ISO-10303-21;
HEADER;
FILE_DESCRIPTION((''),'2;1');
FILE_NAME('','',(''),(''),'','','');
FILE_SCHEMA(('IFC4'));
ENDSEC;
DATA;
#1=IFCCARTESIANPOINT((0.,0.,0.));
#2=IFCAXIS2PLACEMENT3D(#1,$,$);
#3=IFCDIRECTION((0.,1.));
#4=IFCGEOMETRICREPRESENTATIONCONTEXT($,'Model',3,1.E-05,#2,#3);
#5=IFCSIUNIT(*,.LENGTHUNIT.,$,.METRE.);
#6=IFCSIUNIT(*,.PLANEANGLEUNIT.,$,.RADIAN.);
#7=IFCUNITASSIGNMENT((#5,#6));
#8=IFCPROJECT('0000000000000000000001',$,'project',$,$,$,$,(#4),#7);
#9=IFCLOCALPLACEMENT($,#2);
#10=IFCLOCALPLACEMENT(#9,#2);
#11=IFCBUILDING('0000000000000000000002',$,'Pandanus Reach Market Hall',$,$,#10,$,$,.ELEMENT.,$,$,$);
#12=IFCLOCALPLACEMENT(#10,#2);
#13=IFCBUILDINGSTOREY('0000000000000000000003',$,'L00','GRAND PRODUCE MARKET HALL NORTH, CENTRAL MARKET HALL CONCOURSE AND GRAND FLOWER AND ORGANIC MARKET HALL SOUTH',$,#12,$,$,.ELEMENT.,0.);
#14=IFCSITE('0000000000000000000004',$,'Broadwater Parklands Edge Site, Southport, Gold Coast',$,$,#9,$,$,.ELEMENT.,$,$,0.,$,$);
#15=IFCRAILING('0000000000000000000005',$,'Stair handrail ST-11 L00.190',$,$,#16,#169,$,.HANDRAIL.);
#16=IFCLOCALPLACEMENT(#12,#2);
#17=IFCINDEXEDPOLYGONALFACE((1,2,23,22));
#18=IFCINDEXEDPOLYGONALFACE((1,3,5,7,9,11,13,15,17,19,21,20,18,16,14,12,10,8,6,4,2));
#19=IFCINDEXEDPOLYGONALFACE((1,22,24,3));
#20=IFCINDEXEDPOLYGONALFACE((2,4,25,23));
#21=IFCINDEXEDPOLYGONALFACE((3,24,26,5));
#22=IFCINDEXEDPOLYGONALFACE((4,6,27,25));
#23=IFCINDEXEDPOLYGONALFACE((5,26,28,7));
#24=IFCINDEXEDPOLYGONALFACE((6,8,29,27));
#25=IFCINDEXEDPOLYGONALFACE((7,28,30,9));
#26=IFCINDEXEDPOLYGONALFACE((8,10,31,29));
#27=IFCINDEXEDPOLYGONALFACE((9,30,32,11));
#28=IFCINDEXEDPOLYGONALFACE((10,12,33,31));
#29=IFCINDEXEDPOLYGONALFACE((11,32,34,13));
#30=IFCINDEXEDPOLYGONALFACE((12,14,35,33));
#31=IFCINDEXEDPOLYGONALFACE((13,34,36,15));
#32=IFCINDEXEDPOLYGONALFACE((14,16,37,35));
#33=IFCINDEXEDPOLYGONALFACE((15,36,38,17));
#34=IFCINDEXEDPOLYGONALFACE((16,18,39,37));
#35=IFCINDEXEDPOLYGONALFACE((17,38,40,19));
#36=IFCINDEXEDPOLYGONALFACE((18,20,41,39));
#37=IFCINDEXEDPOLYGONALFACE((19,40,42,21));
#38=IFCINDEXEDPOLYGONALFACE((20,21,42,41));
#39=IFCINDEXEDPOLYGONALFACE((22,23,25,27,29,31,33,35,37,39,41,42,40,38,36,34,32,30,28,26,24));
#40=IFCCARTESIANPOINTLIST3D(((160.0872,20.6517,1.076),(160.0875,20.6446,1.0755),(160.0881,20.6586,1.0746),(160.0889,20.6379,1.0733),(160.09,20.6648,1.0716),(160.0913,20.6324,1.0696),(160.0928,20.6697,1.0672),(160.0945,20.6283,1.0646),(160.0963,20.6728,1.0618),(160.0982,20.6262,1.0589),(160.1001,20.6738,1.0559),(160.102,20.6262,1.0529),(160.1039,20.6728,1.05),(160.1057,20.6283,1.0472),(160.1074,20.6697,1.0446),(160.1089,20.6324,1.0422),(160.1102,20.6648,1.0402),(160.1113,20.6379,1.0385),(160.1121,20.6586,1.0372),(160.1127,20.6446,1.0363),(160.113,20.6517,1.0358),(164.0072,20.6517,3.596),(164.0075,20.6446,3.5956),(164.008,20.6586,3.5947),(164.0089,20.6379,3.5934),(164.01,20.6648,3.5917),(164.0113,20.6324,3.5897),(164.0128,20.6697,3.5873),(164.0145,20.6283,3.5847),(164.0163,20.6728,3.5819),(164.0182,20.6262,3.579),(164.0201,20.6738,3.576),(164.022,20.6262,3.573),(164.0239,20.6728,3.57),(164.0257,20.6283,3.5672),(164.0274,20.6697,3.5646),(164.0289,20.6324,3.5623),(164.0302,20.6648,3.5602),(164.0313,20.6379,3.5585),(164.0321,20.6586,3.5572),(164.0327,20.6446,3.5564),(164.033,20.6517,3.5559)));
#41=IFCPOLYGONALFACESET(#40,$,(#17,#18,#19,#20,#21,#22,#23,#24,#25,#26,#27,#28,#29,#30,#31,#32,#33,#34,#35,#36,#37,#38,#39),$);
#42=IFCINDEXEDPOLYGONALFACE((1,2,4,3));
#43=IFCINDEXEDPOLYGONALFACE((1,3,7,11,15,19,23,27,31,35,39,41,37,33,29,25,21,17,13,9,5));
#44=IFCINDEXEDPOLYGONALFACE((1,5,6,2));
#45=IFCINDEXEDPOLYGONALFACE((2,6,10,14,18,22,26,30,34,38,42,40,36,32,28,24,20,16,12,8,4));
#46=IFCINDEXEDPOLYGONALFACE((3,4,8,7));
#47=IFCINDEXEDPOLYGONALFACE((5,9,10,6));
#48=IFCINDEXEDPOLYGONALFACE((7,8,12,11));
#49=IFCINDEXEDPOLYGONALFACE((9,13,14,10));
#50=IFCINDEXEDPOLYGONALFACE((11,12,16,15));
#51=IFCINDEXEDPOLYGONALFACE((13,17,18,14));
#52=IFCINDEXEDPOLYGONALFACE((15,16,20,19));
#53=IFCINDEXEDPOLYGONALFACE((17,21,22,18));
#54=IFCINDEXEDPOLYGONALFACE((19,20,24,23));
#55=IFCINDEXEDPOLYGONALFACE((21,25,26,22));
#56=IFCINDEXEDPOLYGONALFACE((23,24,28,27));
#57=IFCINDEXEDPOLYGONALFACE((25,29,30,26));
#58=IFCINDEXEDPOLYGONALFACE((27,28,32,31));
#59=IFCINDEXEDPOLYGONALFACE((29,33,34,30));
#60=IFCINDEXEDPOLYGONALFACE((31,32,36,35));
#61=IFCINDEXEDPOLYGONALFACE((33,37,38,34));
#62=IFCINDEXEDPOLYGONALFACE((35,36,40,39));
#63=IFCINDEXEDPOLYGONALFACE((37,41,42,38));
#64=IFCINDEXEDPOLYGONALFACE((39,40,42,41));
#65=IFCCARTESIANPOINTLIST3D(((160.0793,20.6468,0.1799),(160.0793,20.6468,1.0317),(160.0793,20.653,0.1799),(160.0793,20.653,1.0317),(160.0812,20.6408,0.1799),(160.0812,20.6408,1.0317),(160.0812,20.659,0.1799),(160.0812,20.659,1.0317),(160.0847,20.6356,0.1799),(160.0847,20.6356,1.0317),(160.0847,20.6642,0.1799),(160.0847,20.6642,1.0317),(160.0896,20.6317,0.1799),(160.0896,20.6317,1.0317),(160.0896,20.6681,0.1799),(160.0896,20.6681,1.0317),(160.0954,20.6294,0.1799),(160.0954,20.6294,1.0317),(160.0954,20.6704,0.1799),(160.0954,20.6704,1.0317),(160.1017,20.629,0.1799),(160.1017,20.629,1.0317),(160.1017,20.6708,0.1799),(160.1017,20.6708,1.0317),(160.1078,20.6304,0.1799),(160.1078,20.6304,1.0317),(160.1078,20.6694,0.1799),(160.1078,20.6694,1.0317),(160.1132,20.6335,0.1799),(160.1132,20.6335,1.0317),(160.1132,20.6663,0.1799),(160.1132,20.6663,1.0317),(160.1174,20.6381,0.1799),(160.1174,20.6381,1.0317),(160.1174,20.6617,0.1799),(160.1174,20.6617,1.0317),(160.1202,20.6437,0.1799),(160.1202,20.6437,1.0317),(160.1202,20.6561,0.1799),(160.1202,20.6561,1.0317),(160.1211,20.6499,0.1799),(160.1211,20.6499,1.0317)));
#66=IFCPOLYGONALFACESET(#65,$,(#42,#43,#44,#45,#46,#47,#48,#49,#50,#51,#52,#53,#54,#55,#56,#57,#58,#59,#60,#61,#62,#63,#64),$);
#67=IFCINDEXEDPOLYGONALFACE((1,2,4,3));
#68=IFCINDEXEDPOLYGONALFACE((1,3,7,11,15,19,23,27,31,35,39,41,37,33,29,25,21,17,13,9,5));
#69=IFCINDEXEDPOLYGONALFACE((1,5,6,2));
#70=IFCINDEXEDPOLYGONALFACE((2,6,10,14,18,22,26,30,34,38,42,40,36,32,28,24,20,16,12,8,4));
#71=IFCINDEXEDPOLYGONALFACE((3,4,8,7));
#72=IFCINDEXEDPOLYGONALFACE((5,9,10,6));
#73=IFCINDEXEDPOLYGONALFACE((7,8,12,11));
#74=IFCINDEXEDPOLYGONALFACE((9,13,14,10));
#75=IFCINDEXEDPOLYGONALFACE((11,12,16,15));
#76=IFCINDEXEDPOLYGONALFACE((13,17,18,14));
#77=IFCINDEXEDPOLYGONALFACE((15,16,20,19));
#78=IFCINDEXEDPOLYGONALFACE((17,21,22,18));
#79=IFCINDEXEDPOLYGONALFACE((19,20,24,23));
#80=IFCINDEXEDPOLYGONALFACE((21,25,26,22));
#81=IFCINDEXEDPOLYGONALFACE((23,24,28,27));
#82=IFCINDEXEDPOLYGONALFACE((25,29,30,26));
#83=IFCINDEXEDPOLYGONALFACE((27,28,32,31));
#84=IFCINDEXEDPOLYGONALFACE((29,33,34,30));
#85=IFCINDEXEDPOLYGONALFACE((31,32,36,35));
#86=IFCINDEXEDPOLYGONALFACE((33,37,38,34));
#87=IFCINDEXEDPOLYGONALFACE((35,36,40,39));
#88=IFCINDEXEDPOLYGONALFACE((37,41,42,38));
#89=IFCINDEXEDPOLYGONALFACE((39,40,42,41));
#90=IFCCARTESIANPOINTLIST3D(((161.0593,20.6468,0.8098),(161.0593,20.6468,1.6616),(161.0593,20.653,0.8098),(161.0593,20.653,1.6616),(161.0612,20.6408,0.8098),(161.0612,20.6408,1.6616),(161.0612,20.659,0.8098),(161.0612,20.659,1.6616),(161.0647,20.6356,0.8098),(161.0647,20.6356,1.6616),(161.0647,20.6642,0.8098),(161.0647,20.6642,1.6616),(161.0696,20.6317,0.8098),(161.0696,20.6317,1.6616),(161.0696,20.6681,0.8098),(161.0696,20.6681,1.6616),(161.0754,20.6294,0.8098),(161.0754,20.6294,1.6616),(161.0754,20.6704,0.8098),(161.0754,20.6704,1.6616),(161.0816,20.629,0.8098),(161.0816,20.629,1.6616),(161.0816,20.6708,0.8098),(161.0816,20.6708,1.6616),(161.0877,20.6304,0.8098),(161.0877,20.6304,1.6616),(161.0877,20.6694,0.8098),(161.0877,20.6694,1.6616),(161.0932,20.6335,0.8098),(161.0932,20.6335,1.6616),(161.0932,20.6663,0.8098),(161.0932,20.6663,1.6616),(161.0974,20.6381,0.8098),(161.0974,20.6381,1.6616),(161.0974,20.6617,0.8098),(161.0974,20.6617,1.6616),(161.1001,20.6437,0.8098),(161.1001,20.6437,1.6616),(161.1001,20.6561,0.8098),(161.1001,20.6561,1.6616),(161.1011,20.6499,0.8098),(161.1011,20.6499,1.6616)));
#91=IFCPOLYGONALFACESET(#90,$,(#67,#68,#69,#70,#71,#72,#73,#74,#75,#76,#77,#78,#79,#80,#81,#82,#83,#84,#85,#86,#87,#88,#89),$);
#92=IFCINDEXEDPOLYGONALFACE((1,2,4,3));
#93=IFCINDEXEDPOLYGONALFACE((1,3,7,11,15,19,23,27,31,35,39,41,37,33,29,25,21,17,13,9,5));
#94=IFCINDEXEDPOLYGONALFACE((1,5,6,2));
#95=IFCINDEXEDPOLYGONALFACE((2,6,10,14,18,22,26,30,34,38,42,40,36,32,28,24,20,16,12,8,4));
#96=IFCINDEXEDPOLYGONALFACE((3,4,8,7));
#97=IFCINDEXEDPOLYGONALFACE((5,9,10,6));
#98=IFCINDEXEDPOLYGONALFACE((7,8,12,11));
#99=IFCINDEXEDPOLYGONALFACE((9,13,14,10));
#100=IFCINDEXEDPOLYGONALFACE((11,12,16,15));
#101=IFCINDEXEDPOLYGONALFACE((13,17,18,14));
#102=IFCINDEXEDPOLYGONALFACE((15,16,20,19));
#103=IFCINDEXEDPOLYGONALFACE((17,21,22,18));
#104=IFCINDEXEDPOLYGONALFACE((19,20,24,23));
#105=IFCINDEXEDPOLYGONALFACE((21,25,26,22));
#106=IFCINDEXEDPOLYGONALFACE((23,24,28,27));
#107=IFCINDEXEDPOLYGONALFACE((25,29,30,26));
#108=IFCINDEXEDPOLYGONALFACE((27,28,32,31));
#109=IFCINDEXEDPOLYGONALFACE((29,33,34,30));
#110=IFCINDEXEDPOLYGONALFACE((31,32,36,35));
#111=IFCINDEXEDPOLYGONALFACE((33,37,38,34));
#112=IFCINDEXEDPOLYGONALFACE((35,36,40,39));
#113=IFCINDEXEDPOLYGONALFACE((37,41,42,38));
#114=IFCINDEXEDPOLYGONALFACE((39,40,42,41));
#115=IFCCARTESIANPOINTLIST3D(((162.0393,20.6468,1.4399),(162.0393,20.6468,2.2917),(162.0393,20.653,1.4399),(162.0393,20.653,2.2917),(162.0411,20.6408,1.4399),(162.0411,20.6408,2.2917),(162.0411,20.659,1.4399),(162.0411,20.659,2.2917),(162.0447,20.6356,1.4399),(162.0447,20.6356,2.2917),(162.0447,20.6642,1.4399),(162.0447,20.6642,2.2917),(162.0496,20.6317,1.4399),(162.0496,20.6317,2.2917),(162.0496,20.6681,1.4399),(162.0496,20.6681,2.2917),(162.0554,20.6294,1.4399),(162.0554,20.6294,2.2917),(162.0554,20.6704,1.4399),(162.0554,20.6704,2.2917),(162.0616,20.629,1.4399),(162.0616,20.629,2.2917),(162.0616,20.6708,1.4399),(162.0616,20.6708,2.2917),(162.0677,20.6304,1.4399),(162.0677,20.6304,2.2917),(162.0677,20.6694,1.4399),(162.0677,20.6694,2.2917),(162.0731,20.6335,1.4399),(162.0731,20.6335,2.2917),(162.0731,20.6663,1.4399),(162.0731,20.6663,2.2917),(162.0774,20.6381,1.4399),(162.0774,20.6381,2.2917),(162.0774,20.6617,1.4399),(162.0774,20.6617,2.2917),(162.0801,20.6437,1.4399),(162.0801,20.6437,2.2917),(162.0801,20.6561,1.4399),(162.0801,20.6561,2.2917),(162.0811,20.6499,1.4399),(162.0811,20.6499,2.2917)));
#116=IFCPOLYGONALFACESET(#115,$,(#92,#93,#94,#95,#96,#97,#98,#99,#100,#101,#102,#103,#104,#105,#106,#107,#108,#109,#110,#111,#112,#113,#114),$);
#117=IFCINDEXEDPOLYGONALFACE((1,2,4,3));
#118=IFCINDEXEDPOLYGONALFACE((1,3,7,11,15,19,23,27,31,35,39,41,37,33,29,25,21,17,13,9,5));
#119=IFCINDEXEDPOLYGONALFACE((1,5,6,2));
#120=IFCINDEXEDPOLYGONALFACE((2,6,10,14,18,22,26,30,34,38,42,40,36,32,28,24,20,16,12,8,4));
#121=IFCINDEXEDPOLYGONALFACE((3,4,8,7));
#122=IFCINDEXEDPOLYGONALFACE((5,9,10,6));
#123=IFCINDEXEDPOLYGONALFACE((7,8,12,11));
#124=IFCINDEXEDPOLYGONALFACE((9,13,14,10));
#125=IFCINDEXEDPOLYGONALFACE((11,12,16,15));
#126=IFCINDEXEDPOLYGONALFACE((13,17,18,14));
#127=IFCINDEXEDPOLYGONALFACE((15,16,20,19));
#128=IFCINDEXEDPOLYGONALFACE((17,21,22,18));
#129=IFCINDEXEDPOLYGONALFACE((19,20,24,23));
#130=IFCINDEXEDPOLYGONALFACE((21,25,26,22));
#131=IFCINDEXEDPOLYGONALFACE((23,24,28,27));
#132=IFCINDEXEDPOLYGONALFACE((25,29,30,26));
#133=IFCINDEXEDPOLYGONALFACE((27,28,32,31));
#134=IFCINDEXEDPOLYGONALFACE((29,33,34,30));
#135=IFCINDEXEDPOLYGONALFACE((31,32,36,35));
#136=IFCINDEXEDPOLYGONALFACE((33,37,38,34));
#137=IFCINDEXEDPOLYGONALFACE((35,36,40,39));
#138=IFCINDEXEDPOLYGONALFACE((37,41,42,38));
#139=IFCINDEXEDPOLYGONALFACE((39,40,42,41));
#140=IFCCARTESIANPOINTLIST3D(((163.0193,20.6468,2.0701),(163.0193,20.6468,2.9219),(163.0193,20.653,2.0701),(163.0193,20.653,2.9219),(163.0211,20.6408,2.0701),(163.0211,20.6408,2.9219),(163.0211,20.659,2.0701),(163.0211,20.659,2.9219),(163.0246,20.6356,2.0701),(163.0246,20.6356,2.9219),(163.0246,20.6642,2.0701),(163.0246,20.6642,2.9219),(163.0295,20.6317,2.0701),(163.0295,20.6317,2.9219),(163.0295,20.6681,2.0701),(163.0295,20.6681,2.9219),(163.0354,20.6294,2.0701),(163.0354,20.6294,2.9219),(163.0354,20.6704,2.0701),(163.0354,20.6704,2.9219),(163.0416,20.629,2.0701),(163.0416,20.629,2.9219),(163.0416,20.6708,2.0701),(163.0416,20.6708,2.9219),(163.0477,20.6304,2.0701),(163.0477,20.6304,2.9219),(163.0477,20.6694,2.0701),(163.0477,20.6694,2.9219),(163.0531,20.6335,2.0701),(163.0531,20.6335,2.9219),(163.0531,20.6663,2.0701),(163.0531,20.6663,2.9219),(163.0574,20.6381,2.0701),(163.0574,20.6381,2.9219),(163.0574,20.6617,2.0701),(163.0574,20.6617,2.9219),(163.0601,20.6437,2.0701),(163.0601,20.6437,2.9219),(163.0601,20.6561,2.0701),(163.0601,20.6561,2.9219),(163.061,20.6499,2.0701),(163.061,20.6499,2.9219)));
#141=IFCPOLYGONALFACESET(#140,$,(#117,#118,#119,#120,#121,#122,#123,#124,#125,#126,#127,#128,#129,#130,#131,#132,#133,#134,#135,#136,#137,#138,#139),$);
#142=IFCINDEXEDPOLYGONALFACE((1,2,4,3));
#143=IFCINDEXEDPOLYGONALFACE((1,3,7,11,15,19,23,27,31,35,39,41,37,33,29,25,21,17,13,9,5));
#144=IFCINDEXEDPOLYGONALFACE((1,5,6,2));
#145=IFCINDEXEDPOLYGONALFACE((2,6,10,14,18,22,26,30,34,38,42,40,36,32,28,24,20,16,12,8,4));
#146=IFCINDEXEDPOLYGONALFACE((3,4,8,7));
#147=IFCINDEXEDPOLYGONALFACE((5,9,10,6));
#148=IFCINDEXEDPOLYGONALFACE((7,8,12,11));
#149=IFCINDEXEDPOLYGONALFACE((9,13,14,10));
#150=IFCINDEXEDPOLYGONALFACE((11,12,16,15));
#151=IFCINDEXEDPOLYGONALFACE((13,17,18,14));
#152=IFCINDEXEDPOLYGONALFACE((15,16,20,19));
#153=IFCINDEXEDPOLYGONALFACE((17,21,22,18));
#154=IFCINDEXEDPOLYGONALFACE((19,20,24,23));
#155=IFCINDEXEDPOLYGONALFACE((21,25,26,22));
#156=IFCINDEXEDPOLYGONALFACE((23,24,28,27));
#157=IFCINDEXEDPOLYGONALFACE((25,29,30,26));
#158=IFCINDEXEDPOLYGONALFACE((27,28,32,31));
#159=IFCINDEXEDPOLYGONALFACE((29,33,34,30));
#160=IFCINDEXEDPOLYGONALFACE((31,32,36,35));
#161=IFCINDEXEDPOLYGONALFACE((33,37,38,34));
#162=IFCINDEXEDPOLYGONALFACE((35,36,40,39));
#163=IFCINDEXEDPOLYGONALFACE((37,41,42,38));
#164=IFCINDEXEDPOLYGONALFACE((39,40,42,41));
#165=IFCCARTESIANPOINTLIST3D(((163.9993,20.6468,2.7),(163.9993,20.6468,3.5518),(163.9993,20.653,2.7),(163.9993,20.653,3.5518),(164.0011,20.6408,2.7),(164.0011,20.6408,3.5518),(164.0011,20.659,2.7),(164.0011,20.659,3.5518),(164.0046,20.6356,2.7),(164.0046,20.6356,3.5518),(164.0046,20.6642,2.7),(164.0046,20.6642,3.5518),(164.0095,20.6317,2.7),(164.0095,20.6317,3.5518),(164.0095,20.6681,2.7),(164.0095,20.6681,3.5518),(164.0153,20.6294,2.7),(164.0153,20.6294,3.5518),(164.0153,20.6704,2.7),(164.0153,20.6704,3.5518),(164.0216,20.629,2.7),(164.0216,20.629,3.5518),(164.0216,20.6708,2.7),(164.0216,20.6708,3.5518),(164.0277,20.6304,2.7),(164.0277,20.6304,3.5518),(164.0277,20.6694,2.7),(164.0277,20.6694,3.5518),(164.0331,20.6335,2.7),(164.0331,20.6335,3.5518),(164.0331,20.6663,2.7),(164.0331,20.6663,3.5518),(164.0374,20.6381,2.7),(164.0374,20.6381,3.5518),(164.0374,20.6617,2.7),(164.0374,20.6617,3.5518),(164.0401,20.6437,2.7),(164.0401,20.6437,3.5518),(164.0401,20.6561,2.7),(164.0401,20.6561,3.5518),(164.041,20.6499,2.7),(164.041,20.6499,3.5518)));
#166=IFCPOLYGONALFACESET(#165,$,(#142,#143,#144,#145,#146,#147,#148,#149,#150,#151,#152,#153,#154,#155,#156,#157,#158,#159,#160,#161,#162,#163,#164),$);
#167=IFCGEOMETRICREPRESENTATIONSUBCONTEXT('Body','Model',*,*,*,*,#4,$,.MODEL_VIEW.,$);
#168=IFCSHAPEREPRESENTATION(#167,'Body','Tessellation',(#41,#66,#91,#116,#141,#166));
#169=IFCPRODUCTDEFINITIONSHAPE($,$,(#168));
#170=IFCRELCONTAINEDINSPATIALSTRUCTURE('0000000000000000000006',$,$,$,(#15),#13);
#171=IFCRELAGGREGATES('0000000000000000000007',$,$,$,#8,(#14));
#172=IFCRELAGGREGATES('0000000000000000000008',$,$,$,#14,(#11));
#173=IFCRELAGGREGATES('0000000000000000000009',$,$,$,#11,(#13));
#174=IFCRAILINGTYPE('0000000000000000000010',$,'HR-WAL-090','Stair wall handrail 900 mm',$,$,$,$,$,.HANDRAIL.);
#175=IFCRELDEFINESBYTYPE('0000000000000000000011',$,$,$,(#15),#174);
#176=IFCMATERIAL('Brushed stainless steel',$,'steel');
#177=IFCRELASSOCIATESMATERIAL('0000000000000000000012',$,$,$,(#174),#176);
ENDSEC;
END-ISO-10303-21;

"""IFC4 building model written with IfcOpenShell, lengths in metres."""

from ifc_helpers import new_model, si_unit, direction, frame, origin, origin_2d, place, context, subcontext, project, spatial, circle, extrude, material, type_object, element, save


model = new_model("IFC4")

# Units and contexts
model_context = context("Model", 3, precision=1e-05, world=origin(), true_north=direction((0.0, 1.0)))
body_context = subcontext(model_context, "Body", "Model", "MODEL_VIEW")
ifc_project = project(units=[si_unit("LENGTHUNIT", "METRE"), si_unit("PLANEANGLEUNIT", "RADIAN")], contexts=[model_context])

# Site, building, storey
site_placement = place(None, origin())
site = spatial("IfcSite", under=ifc_project, at=site_placement, Name="Broadwater Parklands Edge Site, Southport, Gold Coast", CompositionType="ELEMENT", RefElevation=0.0)
building_placement = place(site_placement, origin())
building = spatial("IfcBuilding", under=site, at=building_placement, Name="Pandanus Reach Market Hall", CompositionType="ELEMENT")
storey_placement = place(building_placement, origin())
storey = spatial("IfcBuildingStorey", under=building, at=storey_placement, Name="L00", Description="GRAND PRODUCE MARKET HALL NORTH, CENTRAL MARKET HALL CONCOURSE AND GRAND FLOWER AND ORGANIC MARKET HALL SOUTH", CompositionType="ELEMENT", Elevation=0.0)

# Railing
ifc_material_1 = material(Name="Brushed stainless steel", Category="steel")
railing_type_1 = type_object("IfcRailingType", Name="HR-WAL-090", Description="Stair wall handrail 900 mm", PredefinedType="HANDRAIL", material=ifc_material_1)
railing_1_placement = place(storey_placement, frame((160.1001, 20.6499, 0.1799)))
element("IfcRailing", 1, at=railing_1_placement, inside=storey, type_object=railing_type_1, Name="Stair handrail ST-11 L00.190", PredefinedType="HANDRAIL", context=body_context, shape_type="SweptSolid", body=[
    extrude(circle(Radius=0.0239, at=origin_2d()), frame((0.0, 0.0, 0.876), z_axis=(0.841172, 0.0, 0.540768), x_axis=(0.0, 1.0, 0.0)), (0.0, 0.0, 1.0), 4.6602),
    extrude(circle(Radius=0.021, at=origin_2d()), origin(), (0.0, 0.0, 1.0), 0.8518),
    extrude(circle(Radius=0.021, at=origin_2d()), frame((0.98, 0.0, 0.6299)), (0.0, 0.0, 1.0), 0.8518),
    extrude(circle(Radius=0.021, at=origin_2d()), frame((1.96, 0.0, 1.26)), (0.0, 0.0, 1.0), 0.8518),
    extrude(circle(Radius=0.021, at=origin_2d()), frame((2.9399, 0.0, 1.8901)), (0.0, 0.0, 1.0), 0.8518),
    extrude(circle(Radius=0.021, at=origin_2d()), frame((3.9199, 0.0, 2.52)), (0.0, 0.0, 1.0), 0.8518),
])

save(model, "model.ifc")
